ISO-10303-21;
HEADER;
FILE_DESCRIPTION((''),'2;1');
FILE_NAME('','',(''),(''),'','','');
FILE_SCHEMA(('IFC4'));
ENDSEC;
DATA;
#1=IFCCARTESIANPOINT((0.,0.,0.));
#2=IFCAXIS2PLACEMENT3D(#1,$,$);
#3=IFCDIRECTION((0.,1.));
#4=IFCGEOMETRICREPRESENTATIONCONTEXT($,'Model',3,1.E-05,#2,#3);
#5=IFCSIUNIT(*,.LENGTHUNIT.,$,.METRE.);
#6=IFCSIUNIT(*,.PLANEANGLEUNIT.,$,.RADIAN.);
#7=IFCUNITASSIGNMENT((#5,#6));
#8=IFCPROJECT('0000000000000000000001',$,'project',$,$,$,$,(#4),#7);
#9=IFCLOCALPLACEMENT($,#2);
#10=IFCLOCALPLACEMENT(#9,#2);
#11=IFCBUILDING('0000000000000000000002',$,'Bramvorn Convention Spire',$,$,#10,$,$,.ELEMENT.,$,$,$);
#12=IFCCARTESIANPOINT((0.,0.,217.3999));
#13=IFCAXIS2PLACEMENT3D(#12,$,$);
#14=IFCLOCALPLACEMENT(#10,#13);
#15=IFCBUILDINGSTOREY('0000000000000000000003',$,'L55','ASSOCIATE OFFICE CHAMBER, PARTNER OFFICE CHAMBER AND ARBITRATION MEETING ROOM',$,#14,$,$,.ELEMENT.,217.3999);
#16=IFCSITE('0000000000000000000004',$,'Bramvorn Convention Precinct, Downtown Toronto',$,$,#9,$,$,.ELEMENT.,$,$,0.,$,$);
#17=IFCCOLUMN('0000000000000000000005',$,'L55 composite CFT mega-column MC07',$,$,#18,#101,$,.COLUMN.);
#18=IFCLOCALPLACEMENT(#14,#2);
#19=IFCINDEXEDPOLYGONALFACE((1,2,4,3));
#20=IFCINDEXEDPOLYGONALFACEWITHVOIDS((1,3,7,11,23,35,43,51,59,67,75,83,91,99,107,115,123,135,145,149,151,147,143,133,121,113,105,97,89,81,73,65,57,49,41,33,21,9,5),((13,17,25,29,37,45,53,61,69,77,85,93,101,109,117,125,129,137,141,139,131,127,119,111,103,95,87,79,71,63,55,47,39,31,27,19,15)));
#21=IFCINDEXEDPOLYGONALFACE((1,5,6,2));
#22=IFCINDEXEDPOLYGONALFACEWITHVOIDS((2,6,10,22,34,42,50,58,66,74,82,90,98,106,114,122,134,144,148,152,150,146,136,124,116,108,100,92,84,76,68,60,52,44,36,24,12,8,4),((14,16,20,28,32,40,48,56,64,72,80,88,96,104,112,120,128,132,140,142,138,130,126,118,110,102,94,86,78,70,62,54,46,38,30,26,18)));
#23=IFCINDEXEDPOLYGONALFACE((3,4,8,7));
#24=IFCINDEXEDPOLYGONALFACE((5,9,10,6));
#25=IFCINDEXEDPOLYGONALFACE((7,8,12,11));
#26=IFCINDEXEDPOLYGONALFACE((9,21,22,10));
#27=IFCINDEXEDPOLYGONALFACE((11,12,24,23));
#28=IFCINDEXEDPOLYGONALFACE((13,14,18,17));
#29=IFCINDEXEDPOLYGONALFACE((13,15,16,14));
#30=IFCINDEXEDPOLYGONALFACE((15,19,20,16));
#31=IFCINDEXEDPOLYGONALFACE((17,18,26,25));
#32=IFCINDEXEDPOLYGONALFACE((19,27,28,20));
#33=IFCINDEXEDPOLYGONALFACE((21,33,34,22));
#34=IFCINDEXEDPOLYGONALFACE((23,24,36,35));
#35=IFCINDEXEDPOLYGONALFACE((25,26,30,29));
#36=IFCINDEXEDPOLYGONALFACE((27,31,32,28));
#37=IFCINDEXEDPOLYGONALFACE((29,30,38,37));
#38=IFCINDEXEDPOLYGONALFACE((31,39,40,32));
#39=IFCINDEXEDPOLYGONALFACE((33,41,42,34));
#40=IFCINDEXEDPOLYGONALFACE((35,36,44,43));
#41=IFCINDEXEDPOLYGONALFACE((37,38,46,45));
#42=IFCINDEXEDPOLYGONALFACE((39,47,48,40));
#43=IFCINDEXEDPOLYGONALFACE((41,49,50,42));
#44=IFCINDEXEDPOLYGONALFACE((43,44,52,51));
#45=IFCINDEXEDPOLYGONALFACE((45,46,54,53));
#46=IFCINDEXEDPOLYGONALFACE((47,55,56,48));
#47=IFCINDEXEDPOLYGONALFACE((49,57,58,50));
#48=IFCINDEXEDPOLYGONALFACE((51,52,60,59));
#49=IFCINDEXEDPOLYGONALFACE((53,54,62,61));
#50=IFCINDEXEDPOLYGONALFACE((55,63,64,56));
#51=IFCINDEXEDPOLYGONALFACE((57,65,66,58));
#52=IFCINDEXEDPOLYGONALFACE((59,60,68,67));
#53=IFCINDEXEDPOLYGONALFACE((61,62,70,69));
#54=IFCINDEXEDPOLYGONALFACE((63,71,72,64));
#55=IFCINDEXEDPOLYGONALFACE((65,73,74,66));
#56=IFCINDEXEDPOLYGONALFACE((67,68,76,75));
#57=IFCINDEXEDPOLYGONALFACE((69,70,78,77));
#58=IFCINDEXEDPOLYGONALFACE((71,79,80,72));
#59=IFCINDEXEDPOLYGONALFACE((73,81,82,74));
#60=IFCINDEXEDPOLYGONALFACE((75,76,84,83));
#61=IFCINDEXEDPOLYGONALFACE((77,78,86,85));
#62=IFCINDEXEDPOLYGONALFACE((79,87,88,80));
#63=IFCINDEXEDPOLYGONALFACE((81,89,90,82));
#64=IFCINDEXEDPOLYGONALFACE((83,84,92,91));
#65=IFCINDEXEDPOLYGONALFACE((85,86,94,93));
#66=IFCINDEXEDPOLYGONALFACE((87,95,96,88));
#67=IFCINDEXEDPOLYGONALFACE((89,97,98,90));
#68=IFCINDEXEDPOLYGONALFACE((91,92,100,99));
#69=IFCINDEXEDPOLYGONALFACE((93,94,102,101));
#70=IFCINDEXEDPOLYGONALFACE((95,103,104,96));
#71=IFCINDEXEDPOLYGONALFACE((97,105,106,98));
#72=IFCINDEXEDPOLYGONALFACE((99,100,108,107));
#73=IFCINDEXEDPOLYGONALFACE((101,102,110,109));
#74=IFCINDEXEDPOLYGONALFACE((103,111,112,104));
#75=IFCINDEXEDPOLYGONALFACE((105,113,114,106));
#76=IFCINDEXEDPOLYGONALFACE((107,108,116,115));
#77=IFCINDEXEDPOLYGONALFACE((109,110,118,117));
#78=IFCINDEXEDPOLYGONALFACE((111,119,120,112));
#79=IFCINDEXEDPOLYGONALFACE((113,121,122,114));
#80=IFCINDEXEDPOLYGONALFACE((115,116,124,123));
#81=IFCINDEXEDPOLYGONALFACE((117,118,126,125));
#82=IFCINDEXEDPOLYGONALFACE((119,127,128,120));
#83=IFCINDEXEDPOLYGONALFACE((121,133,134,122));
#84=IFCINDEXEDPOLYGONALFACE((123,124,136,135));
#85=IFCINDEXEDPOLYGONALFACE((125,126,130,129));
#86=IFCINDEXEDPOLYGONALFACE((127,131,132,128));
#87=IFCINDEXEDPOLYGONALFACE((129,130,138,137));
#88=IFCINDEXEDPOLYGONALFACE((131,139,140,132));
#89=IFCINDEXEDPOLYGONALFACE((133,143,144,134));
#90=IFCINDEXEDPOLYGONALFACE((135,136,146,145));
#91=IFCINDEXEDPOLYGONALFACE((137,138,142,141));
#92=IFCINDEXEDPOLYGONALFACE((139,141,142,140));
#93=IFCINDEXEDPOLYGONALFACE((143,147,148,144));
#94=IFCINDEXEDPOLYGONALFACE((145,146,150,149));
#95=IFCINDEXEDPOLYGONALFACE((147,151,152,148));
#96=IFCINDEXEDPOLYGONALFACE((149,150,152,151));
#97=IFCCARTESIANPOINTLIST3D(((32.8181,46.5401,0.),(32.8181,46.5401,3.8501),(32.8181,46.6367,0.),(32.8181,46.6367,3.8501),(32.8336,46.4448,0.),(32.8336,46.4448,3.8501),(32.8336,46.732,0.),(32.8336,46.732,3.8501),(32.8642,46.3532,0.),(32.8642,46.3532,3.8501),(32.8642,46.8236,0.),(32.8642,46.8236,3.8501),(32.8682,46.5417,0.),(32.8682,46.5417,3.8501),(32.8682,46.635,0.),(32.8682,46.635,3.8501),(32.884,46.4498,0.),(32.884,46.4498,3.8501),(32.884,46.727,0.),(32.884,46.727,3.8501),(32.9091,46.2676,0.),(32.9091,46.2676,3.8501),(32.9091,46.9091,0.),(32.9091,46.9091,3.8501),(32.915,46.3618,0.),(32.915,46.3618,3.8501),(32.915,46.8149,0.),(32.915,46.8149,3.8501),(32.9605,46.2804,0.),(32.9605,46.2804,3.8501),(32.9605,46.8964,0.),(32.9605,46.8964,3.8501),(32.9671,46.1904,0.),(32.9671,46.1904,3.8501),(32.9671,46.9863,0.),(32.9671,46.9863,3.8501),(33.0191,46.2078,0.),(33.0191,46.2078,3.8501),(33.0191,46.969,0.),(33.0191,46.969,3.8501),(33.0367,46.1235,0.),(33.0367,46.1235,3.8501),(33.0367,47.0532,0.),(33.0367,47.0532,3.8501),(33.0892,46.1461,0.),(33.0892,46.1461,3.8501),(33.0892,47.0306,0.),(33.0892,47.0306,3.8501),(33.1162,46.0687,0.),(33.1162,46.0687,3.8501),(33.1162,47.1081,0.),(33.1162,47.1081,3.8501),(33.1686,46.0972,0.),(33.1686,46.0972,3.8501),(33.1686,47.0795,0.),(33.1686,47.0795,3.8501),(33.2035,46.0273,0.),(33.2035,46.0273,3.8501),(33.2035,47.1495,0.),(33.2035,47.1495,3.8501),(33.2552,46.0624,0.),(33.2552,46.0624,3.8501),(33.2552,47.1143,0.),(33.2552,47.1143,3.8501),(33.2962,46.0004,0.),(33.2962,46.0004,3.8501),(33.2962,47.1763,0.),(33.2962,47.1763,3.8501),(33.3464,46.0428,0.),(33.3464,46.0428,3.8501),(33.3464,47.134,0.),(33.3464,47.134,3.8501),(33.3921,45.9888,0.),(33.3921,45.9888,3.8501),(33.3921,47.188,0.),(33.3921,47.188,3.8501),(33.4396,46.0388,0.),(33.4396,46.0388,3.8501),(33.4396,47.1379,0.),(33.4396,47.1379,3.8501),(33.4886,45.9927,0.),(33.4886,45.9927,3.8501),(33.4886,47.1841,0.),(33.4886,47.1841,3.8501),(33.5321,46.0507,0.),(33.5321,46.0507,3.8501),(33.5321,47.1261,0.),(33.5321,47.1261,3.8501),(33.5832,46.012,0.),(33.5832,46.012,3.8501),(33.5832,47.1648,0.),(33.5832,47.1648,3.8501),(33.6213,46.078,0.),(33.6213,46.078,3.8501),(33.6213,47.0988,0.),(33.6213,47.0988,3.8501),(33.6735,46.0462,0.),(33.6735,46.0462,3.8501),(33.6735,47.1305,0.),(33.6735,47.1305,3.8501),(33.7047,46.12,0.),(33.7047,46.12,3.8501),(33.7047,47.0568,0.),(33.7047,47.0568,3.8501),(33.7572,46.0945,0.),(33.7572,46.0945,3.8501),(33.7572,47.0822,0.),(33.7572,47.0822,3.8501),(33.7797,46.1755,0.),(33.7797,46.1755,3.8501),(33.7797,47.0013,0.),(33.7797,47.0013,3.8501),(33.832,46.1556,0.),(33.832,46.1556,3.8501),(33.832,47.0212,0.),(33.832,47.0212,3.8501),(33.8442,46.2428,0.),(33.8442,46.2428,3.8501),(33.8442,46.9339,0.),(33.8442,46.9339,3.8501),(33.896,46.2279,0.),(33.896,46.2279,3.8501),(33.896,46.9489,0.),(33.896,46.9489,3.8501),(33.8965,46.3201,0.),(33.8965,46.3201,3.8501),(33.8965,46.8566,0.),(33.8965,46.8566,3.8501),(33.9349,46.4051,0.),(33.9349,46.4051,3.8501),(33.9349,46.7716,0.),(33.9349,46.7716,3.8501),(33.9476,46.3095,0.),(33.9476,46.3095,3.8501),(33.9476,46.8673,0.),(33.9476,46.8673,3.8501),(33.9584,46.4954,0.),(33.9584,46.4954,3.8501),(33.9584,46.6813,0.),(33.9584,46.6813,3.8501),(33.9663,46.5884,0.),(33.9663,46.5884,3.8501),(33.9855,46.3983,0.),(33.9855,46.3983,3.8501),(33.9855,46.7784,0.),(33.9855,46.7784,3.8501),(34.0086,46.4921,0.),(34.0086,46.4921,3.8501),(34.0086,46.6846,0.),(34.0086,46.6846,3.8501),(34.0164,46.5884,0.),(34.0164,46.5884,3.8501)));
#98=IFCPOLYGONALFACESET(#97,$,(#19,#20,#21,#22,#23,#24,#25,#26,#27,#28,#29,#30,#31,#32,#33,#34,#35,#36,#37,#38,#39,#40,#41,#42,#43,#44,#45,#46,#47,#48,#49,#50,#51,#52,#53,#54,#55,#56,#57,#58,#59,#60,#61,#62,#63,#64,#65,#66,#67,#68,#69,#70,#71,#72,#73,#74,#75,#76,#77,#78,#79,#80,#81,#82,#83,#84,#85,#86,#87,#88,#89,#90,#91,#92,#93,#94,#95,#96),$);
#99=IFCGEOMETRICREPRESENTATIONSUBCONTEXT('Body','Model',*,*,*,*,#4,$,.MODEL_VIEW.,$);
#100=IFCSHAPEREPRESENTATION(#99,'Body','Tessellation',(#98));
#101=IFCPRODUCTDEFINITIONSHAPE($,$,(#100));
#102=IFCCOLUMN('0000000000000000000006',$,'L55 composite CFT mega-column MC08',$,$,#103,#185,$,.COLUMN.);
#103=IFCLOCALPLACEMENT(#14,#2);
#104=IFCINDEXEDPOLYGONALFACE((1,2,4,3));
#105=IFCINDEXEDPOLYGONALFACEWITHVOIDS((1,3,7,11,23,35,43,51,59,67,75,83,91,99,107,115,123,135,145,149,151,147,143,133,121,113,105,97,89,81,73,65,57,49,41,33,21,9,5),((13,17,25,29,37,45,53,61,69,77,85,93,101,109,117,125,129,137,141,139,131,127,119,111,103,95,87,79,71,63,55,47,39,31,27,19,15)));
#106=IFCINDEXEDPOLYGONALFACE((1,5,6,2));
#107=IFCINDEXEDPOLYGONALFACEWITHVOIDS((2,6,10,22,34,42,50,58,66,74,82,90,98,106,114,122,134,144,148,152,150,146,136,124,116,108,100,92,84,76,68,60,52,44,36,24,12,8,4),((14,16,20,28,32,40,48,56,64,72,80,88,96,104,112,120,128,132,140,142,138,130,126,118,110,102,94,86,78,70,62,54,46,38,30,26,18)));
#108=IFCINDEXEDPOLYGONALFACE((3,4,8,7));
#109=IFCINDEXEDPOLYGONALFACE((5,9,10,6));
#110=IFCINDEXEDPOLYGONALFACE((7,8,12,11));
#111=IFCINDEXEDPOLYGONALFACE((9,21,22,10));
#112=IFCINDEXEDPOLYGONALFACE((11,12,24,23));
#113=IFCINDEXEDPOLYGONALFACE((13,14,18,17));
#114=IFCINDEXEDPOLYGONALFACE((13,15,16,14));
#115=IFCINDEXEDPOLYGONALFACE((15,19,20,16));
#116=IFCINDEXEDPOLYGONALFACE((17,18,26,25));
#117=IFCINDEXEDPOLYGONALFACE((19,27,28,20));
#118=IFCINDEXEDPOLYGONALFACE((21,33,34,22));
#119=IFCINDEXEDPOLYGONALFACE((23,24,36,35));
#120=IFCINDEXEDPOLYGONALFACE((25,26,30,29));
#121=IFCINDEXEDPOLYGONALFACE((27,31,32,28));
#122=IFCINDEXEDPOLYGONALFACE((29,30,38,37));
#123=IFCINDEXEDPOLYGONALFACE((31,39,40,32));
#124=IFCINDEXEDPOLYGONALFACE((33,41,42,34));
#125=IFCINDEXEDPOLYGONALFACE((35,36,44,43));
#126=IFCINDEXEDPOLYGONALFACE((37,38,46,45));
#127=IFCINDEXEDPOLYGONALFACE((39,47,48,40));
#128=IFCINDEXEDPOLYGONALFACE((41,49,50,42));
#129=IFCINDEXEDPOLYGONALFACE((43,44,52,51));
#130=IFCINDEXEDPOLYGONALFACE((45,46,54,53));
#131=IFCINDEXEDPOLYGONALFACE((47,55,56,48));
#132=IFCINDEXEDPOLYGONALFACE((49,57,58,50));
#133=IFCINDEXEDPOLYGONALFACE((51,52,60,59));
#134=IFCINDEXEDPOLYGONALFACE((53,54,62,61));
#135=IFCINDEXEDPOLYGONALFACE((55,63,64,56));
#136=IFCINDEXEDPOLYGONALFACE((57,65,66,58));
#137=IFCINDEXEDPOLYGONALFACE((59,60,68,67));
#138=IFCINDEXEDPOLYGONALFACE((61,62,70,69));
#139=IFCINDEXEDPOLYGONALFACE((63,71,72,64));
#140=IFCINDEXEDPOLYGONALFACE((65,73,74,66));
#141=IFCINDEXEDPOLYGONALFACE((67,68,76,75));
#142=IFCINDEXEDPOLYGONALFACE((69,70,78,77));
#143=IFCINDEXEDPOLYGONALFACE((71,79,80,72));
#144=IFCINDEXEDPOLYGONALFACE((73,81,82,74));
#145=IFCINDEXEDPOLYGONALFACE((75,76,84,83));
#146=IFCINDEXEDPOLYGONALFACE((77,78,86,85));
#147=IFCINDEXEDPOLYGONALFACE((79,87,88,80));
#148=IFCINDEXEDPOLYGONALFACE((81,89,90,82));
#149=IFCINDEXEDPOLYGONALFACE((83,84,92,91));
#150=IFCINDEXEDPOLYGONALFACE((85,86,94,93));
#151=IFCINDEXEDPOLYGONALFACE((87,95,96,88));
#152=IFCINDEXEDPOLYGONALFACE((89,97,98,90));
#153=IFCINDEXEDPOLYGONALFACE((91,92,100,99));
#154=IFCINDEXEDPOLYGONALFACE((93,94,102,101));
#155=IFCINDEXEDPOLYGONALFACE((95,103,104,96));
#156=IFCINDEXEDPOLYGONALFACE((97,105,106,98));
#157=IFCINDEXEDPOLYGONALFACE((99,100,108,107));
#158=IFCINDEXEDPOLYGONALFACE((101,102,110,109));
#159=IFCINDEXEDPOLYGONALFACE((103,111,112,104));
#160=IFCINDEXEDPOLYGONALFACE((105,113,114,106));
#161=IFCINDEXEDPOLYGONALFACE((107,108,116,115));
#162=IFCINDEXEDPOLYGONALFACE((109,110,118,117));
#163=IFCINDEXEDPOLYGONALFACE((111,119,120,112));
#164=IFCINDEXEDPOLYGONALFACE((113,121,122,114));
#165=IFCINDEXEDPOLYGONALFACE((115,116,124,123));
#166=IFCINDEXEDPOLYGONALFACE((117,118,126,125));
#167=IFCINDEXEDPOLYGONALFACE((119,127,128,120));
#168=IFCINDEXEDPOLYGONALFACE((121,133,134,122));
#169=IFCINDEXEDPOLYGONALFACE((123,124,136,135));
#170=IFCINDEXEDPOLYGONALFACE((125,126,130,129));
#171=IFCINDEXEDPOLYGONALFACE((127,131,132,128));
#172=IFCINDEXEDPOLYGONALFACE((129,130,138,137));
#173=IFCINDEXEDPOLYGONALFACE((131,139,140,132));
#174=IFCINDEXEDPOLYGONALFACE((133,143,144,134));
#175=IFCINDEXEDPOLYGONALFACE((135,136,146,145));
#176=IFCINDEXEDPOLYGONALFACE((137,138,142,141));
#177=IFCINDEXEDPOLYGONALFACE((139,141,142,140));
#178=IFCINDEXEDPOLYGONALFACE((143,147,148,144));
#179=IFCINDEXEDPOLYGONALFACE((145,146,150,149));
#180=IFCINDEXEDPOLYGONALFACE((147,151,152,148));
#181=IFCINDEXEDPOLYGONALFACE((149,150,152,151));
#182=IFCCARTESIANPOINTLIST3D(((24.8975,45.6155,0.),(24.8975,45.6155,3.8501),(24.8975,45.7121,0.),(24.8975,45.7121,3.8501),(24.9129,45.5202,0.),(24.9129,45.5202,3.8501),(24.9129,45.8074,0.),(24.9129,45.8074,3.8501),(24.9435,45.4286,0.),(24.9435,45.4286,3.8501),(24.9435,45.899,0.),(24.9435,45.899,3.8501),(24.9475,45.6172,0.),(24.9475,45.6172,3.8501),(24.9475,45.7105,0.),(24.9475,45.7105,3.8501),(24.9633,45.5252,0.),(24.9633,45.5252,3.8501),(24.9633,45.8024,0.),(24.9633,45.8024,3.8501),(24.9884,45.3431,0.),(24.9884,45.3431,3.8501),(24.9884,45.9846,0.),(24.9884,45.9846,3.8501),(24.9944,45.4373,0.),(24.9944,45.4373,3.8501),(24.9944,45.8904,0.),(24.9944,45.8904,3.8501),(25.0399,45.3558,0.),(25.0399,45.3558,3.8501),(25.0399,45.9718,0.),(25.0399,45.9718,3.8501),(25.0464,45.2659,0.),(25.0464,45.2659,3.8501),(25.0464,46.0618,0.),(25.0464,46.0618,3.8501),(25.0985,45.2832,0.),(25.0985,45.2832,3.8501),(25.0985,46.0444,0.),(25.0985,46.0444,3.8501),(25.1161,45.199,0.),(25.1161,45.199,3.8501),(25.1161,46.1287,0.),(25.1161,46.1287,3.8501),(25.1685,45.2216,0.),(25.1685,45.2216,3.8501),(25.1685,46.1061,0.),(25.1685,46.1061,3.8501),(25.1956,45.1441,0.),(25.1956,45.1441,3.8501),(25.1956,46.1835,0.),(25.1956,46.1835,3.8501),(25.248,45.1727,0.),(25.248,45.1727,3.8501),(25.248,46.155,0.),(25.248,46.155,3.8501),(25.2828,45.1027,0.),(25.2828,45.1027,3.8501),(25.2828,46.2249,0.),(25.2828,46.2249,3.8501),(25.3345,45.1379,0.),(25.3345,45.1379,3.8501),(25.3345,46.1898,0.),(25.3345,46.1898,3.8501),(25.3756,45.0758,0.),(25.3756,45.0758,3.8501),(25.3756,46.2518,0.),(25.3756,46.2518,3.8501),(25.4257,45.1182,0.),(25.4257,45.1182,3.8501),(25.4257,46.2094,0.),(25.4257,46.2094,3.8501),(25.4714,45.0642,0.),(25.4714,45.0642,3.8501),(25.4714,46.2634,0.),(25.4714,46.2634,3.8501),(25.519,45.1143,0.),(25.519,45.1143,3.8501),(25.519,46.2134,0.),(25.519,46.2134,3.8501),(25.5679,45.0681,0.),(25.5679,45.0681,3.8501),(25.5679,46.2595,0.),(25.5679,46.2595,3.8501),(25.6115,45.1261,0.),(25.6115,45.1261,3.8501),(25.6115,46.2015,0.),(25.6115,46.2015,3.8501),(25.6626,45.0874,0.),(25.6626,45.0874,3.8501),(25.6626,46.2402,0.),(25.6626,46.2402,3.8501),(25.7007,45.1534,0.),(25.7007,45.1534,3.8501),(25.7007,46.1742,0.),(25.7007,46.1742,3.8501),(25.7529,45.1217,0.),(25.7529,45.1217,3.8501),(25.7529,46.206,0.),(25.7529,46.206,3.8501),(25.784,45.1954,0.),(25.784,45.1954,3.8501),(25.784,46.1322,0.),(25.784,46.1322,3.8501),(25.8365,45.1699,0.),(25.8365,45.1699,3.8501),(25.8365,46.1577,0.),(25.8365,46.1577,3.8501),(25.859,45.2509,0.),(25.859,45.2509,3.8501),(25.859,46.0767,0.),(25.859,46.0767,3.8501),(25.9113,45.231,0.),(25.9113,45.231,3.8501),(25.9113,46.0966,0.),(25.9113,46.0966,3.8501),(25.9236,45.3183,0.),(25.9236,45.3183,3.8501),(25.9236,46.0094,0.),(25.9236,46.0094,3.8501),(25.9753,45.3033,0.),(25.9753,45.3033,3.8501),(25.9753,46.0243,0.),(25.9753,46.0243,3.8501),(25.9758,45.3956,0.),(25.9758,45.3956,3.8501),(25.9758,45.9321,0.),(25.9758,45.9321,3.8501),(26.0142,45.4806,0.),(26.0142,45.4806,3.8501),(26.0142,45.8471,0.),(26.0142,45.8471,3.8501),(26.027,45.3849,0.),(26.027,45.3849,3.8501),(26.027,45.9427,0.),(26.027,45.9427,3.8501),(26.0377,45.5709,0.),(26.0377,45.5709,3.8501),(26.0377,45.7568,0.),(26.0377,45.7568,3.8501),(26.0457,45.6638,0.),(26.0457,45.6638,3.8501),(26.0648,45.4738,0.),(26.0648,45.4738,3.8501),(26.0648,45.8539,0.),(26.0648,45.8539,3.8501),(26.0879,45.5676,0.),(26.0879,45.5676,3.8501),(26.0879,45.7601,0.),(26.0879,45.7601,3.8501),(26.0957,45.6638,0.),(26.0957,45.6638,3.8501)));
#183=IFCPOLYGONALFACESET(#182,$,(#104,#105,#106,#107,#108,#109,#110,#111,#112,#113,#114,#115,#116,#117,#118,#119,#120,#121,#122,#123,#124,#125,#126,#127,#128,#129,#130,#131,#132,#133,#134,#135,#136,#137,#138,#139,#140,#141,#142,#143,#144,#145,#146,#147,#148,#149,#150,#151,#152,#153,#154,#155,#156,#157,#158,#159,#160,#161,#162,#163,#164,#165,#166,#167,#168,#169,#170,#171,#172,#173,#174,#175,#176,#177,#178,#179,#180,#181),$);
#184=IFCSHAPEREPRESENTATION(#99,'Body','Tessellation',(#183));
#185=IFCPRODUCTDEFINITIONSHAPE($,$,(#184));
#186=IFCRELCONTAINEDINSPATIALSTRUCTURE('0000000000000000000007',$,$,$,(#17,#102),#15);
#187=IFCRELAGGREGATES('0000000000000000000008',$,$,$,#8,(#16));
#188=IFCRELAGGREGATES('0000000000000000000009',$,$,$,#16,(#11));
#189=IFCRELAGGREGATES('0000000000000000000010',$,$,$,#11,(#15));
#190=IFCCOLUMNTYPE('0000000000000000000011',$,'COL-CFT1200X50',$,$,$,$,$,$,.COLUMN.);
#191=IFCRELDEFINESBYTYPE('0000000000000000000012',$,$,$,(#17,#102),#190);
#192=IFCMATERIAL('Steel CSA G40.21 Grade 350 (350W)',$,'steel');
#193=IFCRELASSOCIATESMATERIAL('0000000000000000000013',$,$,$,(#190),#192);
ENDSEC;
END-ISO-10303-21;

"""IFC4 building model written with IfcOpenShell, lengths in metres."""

from ifc_helpers import new_model, si_unit, direction, frame, origin, origin_2d, place, context, subcontext, project, spatial, hollow_circle, extrude, material, material_profile, profile_set, type_object, element, save


model = new_model("IFC4")

# Units and contexts
model_context = context("Model", 3, precision=1e-05, world=origin(), true_north=direction((0.0, 1.0)))
body_context = subcontext(model_context, "Body", "Model", "MODEL_VIEW")
ifc_project = project(units=[si_unit("LENGTHUNIT", "METRE"), si_unit("PLANEANGLEUNIT", "RADIAN")], contexts=[model_context])

# Site, building, storey
site_placement = place(None, origin())
site = spatial("IfcSite", under=ifc_project, at=site_placement, Name="Bramvorn Convention Precinct, Downtown Toronto", CompositionType="ELEMENT", RefElevation=0.0)
building_placement = place(site_placement, origin())
building = spatial("IfcBuilding", under=site, at=building_placement, Name="Bramvorn Convention Spire", CompositionType="ELEMENT")
storey_placement = place(building_placement, frame((0.0, 0.0, 217.3999)))
storey = spatial("IfcBuildingStorey", under=building, at=storey_placement, Name="L55", Description="ASSOCIATE OFFICE CHAMBER, PARTNER OFFICE CHAMBER AND ARBITRATION MEETING ROOM", CompositionType="ELEMENT", Elevation=217.3999)

# Columns
ifc_material_1 = material(Name="Steel CSA G40.21 Grade 350 (350W)", Category="steel")
ifc_material_profile_1 = material_profile(ifc_material_1, hollow_circle(Radius=0.6001, WallThickness=0.05, at=origin_2d()))
ifc_profile_set_1 = profile_set([ifc_material_profile_1], Name="Steel CSA G40.21 Grade 350 (350W) - CFT1200X50")
column_type = type_object("IfcColumnType", Name="COL-CFT1200X50", PredefinedType="COLUMN", material=ifc_profile_set_1)
for number, where, z_axis, x_axis, name in (
    (1, (33.4163, 46.5884, 0.0), (0.0, 0.0, 1.0), (1.0, 0.0, 0.0), "L55 composite CFT mega-column MC07"),
    (2, (25.4956, 45.6638, 0.0), (0.0, 0.0, 1.0), (1.0, 0.0, 0.0), "L55 composite CFT mega-column MC08"),
):
    element("IfcColumn", number, at=place(storey_placement, frame(where, z_axis=z_axis, x_axis=x_axis)), inside=storey, type_object=column_type, Name=name, PredefinedType="COLUMN", context=body_context, shape_type="SweptSolid", body=[
        extrude(hollow_circle(Radius=0.6001, WallThickness=0.05, at=origin_2d()), origin(), (0.0, 0.0, 1.0), 3.8501),
    ])

save(model, "model.ifc")
